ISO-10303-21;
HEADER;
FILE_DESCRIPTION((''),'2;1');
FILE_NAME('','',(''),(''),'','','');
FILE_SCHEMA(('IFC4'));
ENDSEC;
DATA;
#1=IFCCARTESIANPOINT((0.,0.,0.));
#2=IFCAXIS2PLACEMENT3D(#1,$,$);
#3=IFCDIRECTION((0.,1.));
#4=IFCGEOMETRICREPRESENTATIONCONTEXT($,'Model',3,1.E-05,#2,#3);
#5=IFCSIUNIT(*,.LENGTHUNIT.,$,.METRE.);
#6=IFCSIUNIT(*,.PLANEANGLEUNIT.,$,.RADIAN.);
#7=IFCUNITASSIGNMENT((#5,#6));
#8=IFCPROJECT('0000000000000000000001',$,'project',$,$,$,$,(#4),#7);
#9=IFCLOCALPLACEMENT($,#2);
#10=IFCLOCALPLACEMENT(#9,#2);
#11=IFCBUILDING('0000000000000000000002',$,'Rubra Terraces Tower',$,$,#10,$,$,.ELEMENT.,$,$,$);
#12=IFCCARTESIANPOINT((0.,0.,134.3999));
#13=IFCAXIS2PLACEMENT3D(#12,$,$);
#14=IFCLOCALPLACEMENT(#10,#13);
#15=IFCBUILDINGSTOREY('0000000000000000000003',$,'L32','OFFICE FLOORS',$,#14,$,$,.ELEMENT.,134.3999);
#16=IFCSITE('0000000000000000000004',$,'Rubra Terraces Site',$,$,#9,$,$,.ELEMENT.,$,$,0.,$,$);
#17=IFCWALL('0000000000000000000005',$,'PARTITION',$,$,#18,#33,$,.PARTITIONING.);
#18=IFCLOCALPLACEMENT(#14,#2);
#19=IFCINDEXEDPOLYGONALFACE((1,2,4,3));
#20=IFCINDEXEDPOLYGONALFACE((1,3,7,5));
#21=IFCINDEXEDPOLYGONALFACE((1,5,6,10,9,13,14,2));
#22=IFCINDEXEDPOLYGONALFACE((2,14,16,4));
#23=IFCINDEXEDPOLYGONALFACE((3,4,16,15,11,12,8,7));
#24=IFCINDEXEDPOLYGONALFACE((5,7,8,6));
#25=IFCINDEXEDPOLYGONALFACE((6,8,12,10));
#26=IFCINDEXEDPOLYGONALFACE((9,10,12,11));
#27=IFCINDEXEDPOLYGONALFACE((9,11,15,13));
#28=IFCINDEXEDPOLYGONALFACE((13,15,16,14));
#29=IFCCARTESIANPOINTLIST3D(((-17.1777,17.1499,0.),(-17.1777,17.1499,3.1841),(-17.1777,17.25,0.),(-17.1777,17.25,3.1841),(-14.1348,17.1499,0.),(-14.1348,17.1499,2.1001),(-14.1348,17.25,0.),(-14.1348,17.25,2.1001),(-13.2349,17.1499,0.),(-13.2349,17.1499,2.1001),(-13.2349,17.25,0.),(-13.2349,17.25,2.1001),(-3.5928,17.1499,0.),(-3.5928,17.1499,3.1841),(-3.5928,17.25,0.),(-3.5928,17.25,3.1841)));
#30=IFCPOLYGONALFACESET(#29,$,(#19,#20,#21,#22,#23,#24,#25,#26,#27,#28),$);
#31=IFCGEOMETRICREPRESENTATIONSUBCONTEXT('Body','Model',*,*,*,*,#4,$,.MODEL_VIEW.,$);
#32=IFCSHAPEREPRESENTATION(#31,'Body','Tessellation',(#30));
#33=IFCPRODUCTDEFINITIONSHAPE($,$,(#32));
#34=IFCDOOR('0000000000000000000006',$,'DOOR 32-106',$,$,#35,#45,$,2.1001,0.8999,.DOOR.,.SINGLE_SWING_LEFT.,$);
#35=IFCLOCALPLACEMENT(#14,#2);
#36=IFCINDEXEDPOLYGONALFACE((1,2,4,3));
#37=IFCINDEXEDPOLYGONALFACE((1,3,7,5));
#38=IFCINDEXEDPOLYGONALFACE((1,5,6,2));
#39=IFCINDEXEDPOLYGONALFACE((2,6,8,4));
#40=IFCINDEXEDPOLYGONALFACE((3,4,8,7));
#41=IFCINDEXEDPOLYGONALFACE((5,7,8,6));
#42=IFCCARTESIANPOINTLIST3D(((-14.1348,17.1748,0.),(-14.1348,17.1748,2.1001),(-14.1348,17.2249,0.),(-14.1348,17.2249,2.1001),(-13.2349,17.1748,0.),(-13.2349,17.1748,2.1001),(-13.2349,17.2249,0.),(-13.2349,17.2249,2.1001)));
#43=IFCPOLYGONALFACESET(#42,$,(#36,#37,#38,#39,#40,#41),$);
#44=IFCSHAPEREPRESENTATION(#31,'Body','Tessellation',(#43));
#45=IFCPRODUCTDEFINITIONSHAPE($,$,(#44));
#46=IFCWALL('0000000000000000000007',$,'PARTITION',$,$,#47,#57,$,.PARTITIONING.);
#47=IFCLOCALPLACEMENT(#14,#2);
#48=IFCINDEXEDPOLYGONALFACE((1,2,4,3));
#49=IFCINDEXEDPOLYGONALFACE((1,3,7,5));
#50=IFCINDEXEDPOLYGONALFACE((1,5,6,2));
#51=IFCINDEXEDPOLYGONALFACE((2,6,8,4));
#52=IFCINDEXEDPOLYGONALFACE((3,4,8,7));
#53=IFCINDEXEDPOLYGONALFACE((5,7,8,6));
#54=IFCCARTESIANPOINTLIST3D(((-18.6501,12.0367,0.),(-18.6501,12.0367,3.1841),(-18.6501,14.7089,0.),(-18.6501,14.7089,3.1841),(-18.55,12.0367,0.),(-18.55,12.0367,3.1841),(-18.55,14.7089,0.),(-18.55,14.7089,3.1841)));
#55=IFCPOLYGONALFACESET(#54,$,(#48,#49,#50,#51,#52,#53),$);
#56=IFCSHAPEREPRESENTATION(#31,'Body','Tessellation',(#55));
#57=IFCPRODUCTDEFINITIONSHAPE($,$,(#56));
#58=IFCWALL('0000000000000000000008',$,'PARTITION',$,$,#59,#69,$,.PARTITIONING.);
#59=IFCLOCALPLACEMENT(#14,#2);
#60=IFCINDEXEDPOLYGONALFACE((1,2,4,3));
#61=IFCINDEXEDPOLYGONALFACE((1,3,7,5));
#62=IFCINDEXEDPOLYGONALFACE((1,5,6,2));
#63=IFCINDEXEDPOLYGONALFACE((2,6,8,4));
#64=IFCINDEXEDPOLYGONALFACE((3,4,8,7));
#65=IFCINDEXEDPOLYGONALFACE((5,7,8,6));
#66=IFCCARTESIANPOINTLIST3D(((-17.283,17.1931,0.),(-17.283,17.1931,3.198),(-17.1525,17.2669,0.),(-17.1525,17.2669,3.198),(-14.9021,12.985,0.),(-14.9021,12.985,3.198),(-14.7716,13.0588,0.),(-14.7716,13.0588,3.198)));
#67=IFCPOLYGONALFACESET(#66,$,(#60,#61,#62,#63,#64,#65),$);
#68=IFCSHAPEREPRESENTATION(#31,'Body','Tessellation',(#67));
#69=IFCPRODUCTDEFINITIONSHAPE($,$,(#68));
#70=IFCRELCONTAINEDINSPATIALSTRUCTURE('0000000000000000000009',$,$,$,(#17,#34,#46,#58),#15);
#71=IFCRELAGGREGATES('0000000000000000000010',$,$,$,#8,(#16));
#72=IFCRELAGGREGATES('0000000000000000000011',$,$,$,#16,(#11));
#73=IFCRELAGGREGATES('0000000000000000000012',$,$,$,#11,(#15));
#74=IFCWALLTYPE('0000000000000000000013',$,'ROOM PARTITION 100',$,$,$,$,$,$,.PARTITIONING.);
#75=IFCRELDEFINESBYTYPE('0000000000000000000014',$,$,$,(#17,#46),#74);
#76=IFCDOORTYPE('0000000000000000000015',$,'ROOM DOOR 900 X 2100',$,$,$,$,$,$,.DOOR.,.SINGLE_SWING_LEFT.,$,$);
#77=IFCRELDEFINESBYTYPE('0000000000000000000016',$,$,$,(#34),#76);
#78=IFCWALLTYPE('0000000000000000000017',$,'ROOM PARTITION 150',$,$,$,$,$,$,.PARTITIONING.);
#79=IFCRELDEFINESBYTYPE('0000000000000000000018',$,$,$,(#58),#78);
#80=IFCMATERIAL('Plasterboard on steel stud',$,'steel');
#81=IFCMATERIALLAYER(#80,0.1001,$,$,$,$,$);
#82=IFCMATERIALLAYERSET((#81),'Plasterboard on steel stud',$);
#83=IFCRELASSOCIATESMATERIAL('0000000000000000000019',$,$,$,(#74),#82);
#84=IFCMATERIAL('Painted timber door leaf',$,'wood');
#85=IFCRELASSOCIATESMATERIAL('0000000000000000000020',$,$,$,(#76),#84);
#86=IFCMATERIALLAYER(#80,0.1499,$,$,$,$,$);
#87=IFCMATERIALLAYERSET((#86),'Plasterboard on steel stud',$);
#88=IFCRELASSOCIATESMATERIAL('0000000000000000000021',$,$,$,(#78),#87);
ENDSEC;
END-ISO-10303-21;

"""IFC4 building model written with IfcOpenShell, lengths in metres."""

from ifc_helpers import new_model, si_unit, direction, frame, frame_2d, origin, place, context, subcontext, project, spatial, rectangle, extrude, material, layer, layer_set, type_object, element, fill, save


model = new_model("IFC4")

# Units and contexts
model_context = context("Model", 3, precision=1e-05, world=origin(), true_north=direction((0.0, 1.0)))
body_context = subcontext(model_context, "Body", "Model", "MODEL_VIEW")
ifc_project = project(units=[si_unit("LENGTHUNIT", "METRE"), si_unit("PLANEANGLEUNIT", "RADIAN")], contexts=[model_context])

# Site, building, storey
site_placement = place(None, origin())
site = spatial("IfcSite", under=ifc_project, at=site_placement, Name="Rubra Terraces Site", CompositionType="ELEMENT", RefElevation=0.0)
building_placement = place(site_placement, origin())
building = spatial("IfcBuilding", under=site, at=building_placement, Name="Rubra Terraces Tower", CompositionType="ELEMENT")
storey_placement = place(building_placement, frame((0.0, 0.0, 134.3999)))
storey = spatial("IfcBuildingStorey", under=building, at=storey_placement, Name="L32", Description="OFFICE FLOORS", CompositionType="ELEMENT", Elevation=134.3999)

# Shared definitions
ifc_material_1 = material(Name="Painted timber door leaf", Category="wood")

# Wall, opening, door
ifc_material_2 = material(Name="Plasterboard on steel stud", Category="steel")
ifc_layer_1 = layer(ifc_material_2, 0.1001)
ifc_layer_set_1 = layer_set([ifc_layer_1], Name="Plasterboard on steel stud")
wall_type_1 = type_object("IfcWallType", Name="ROOM PARTITION 100", PredefinedType="PARTITIONING", material=ifc_layer_set_1)
wall_1_placement = place(storey_placement, frame((-17.1777, 17.2, 0.0), z_axis=(0.0, 0.0, 1.0), x_axis=(1.0, 0.0, 0.0)))
wall_1 = element("IfcWall", 1, at=wall_1_placement, inside=storey, type_object=wall_type_1, Name="PARTITION", PredefinedType="PARTITIONING", context=body_context, shape_type="SweptSolid", body=[
    extrude(rectangle(XDim=13.585, YDim=0.1001, at=frame_2d((6.7925, 0.0))), origin(), (0.0, 0.0, 1.0), 3.1841),
])
opening_1_placement = place(wall_1_placement, frame((3.043, 0.0, 0.0)))
opening_1 = element("IfcOpeningElement", 2, at=opening_1_placement, cuts=wall_1, PredefinedType="OPENING", context=body_context, shape_type="SweptSolid", body=[
    extrude(rectangle(XDim=0.8999, YDim=2.1001, at=frame_2d((0.45, 1.05))), frame((0.0, 0.0601, 0.0), z_axis=(0.0, -1.0, 0.0), x_axis=(1.0, 0.0, 0.0)), (0.0, 0.0, 1.0), 0.1201),
])
door_type_1 = type_object("IfcDoorType", Name="ROOM DOOR 900 X 2100", OperationType="SINGLE_SWING_LEFT", PredefinedType="DOOR", material=ifc_material_1)
door_1_placement = place(opening_1_placement, origin())
door_1 = element("IfcDoor", 3, at=door_1_placement, inside=storey, type_object=door_type_1, Name="DOOR 32-106", OperationType="SINGLE_SWING_LEFT", OverallHeight=2.1001, OverallWidth=0.8999, PredefinedType="DOOR", context=body_context, shape_type="SweptSolid", body=[
    extrude(rectangle(XDim=0.8999, YDim=2.1001, at=frame_2d((0.45, 1.05))), frame((0.0, 0.0249, 0.0), z_axis=(0.0, -1.0, 0.0), x_axis=(1.0, 0.0, 0.0)), (0.0, 0.0, 1.0), 0.05),
])
fill(opening_1, door_1)

# Walls
wall_2_placement = place(storey_placement, frame((-18.6001, 12.0369, 0.0), z_axis=(0.0, 0.0, 1.0), x_axis=(0.0, 1.0, 0.0)))
element("IfcWall", 4, at=wall_2_placement, inside=storey, type_object=wall_type_1, Name="PARTITION", PredefinedType="PARTITIONING", context=body_context, shape_type="SweptSolid", body=[
    extrude(rectangle(XDim=2.6721, YDim=0.1001, at=frame_2d((1.3359, 0.0))), origin(), (0.0, 0.0, 1.0), 3.1841),
])
ifc_layer_2 = layer(ifc_material_2, 0.1499)
ifc_layer_set_2 = layer_set([ifc_layer_2], Name="Plasterboard on steel stud")
wall_type_2 = type_object("IfcWallType", Name="ROOM PARTITION 150", PredefinedType="PARTITIONING", material=ifc_layer_set_2)
wall_3_placement = place(storey_placement, frame((-17.2178, 17.23, 0.0), z_axis=(0.0, 0.0, 1.0), x_axis=(0.492437, -0.870348, 0.0)))
element("IfcWall", 5, at=wall_3_placement, inside=storey, type_object=wall_type_2, Name="PARTITION", PredefinedType="PARTITIONING", context=body_context, shape_type="SweptSolid", body=[
    extrude(rectangle(XDim=4.835, YDim=0.1499, at=frame_2d((2.4175, 0.0))), origin(), (0.0, 0.0, 1.0), 3.198),
])

save(model, "model.ifc")
